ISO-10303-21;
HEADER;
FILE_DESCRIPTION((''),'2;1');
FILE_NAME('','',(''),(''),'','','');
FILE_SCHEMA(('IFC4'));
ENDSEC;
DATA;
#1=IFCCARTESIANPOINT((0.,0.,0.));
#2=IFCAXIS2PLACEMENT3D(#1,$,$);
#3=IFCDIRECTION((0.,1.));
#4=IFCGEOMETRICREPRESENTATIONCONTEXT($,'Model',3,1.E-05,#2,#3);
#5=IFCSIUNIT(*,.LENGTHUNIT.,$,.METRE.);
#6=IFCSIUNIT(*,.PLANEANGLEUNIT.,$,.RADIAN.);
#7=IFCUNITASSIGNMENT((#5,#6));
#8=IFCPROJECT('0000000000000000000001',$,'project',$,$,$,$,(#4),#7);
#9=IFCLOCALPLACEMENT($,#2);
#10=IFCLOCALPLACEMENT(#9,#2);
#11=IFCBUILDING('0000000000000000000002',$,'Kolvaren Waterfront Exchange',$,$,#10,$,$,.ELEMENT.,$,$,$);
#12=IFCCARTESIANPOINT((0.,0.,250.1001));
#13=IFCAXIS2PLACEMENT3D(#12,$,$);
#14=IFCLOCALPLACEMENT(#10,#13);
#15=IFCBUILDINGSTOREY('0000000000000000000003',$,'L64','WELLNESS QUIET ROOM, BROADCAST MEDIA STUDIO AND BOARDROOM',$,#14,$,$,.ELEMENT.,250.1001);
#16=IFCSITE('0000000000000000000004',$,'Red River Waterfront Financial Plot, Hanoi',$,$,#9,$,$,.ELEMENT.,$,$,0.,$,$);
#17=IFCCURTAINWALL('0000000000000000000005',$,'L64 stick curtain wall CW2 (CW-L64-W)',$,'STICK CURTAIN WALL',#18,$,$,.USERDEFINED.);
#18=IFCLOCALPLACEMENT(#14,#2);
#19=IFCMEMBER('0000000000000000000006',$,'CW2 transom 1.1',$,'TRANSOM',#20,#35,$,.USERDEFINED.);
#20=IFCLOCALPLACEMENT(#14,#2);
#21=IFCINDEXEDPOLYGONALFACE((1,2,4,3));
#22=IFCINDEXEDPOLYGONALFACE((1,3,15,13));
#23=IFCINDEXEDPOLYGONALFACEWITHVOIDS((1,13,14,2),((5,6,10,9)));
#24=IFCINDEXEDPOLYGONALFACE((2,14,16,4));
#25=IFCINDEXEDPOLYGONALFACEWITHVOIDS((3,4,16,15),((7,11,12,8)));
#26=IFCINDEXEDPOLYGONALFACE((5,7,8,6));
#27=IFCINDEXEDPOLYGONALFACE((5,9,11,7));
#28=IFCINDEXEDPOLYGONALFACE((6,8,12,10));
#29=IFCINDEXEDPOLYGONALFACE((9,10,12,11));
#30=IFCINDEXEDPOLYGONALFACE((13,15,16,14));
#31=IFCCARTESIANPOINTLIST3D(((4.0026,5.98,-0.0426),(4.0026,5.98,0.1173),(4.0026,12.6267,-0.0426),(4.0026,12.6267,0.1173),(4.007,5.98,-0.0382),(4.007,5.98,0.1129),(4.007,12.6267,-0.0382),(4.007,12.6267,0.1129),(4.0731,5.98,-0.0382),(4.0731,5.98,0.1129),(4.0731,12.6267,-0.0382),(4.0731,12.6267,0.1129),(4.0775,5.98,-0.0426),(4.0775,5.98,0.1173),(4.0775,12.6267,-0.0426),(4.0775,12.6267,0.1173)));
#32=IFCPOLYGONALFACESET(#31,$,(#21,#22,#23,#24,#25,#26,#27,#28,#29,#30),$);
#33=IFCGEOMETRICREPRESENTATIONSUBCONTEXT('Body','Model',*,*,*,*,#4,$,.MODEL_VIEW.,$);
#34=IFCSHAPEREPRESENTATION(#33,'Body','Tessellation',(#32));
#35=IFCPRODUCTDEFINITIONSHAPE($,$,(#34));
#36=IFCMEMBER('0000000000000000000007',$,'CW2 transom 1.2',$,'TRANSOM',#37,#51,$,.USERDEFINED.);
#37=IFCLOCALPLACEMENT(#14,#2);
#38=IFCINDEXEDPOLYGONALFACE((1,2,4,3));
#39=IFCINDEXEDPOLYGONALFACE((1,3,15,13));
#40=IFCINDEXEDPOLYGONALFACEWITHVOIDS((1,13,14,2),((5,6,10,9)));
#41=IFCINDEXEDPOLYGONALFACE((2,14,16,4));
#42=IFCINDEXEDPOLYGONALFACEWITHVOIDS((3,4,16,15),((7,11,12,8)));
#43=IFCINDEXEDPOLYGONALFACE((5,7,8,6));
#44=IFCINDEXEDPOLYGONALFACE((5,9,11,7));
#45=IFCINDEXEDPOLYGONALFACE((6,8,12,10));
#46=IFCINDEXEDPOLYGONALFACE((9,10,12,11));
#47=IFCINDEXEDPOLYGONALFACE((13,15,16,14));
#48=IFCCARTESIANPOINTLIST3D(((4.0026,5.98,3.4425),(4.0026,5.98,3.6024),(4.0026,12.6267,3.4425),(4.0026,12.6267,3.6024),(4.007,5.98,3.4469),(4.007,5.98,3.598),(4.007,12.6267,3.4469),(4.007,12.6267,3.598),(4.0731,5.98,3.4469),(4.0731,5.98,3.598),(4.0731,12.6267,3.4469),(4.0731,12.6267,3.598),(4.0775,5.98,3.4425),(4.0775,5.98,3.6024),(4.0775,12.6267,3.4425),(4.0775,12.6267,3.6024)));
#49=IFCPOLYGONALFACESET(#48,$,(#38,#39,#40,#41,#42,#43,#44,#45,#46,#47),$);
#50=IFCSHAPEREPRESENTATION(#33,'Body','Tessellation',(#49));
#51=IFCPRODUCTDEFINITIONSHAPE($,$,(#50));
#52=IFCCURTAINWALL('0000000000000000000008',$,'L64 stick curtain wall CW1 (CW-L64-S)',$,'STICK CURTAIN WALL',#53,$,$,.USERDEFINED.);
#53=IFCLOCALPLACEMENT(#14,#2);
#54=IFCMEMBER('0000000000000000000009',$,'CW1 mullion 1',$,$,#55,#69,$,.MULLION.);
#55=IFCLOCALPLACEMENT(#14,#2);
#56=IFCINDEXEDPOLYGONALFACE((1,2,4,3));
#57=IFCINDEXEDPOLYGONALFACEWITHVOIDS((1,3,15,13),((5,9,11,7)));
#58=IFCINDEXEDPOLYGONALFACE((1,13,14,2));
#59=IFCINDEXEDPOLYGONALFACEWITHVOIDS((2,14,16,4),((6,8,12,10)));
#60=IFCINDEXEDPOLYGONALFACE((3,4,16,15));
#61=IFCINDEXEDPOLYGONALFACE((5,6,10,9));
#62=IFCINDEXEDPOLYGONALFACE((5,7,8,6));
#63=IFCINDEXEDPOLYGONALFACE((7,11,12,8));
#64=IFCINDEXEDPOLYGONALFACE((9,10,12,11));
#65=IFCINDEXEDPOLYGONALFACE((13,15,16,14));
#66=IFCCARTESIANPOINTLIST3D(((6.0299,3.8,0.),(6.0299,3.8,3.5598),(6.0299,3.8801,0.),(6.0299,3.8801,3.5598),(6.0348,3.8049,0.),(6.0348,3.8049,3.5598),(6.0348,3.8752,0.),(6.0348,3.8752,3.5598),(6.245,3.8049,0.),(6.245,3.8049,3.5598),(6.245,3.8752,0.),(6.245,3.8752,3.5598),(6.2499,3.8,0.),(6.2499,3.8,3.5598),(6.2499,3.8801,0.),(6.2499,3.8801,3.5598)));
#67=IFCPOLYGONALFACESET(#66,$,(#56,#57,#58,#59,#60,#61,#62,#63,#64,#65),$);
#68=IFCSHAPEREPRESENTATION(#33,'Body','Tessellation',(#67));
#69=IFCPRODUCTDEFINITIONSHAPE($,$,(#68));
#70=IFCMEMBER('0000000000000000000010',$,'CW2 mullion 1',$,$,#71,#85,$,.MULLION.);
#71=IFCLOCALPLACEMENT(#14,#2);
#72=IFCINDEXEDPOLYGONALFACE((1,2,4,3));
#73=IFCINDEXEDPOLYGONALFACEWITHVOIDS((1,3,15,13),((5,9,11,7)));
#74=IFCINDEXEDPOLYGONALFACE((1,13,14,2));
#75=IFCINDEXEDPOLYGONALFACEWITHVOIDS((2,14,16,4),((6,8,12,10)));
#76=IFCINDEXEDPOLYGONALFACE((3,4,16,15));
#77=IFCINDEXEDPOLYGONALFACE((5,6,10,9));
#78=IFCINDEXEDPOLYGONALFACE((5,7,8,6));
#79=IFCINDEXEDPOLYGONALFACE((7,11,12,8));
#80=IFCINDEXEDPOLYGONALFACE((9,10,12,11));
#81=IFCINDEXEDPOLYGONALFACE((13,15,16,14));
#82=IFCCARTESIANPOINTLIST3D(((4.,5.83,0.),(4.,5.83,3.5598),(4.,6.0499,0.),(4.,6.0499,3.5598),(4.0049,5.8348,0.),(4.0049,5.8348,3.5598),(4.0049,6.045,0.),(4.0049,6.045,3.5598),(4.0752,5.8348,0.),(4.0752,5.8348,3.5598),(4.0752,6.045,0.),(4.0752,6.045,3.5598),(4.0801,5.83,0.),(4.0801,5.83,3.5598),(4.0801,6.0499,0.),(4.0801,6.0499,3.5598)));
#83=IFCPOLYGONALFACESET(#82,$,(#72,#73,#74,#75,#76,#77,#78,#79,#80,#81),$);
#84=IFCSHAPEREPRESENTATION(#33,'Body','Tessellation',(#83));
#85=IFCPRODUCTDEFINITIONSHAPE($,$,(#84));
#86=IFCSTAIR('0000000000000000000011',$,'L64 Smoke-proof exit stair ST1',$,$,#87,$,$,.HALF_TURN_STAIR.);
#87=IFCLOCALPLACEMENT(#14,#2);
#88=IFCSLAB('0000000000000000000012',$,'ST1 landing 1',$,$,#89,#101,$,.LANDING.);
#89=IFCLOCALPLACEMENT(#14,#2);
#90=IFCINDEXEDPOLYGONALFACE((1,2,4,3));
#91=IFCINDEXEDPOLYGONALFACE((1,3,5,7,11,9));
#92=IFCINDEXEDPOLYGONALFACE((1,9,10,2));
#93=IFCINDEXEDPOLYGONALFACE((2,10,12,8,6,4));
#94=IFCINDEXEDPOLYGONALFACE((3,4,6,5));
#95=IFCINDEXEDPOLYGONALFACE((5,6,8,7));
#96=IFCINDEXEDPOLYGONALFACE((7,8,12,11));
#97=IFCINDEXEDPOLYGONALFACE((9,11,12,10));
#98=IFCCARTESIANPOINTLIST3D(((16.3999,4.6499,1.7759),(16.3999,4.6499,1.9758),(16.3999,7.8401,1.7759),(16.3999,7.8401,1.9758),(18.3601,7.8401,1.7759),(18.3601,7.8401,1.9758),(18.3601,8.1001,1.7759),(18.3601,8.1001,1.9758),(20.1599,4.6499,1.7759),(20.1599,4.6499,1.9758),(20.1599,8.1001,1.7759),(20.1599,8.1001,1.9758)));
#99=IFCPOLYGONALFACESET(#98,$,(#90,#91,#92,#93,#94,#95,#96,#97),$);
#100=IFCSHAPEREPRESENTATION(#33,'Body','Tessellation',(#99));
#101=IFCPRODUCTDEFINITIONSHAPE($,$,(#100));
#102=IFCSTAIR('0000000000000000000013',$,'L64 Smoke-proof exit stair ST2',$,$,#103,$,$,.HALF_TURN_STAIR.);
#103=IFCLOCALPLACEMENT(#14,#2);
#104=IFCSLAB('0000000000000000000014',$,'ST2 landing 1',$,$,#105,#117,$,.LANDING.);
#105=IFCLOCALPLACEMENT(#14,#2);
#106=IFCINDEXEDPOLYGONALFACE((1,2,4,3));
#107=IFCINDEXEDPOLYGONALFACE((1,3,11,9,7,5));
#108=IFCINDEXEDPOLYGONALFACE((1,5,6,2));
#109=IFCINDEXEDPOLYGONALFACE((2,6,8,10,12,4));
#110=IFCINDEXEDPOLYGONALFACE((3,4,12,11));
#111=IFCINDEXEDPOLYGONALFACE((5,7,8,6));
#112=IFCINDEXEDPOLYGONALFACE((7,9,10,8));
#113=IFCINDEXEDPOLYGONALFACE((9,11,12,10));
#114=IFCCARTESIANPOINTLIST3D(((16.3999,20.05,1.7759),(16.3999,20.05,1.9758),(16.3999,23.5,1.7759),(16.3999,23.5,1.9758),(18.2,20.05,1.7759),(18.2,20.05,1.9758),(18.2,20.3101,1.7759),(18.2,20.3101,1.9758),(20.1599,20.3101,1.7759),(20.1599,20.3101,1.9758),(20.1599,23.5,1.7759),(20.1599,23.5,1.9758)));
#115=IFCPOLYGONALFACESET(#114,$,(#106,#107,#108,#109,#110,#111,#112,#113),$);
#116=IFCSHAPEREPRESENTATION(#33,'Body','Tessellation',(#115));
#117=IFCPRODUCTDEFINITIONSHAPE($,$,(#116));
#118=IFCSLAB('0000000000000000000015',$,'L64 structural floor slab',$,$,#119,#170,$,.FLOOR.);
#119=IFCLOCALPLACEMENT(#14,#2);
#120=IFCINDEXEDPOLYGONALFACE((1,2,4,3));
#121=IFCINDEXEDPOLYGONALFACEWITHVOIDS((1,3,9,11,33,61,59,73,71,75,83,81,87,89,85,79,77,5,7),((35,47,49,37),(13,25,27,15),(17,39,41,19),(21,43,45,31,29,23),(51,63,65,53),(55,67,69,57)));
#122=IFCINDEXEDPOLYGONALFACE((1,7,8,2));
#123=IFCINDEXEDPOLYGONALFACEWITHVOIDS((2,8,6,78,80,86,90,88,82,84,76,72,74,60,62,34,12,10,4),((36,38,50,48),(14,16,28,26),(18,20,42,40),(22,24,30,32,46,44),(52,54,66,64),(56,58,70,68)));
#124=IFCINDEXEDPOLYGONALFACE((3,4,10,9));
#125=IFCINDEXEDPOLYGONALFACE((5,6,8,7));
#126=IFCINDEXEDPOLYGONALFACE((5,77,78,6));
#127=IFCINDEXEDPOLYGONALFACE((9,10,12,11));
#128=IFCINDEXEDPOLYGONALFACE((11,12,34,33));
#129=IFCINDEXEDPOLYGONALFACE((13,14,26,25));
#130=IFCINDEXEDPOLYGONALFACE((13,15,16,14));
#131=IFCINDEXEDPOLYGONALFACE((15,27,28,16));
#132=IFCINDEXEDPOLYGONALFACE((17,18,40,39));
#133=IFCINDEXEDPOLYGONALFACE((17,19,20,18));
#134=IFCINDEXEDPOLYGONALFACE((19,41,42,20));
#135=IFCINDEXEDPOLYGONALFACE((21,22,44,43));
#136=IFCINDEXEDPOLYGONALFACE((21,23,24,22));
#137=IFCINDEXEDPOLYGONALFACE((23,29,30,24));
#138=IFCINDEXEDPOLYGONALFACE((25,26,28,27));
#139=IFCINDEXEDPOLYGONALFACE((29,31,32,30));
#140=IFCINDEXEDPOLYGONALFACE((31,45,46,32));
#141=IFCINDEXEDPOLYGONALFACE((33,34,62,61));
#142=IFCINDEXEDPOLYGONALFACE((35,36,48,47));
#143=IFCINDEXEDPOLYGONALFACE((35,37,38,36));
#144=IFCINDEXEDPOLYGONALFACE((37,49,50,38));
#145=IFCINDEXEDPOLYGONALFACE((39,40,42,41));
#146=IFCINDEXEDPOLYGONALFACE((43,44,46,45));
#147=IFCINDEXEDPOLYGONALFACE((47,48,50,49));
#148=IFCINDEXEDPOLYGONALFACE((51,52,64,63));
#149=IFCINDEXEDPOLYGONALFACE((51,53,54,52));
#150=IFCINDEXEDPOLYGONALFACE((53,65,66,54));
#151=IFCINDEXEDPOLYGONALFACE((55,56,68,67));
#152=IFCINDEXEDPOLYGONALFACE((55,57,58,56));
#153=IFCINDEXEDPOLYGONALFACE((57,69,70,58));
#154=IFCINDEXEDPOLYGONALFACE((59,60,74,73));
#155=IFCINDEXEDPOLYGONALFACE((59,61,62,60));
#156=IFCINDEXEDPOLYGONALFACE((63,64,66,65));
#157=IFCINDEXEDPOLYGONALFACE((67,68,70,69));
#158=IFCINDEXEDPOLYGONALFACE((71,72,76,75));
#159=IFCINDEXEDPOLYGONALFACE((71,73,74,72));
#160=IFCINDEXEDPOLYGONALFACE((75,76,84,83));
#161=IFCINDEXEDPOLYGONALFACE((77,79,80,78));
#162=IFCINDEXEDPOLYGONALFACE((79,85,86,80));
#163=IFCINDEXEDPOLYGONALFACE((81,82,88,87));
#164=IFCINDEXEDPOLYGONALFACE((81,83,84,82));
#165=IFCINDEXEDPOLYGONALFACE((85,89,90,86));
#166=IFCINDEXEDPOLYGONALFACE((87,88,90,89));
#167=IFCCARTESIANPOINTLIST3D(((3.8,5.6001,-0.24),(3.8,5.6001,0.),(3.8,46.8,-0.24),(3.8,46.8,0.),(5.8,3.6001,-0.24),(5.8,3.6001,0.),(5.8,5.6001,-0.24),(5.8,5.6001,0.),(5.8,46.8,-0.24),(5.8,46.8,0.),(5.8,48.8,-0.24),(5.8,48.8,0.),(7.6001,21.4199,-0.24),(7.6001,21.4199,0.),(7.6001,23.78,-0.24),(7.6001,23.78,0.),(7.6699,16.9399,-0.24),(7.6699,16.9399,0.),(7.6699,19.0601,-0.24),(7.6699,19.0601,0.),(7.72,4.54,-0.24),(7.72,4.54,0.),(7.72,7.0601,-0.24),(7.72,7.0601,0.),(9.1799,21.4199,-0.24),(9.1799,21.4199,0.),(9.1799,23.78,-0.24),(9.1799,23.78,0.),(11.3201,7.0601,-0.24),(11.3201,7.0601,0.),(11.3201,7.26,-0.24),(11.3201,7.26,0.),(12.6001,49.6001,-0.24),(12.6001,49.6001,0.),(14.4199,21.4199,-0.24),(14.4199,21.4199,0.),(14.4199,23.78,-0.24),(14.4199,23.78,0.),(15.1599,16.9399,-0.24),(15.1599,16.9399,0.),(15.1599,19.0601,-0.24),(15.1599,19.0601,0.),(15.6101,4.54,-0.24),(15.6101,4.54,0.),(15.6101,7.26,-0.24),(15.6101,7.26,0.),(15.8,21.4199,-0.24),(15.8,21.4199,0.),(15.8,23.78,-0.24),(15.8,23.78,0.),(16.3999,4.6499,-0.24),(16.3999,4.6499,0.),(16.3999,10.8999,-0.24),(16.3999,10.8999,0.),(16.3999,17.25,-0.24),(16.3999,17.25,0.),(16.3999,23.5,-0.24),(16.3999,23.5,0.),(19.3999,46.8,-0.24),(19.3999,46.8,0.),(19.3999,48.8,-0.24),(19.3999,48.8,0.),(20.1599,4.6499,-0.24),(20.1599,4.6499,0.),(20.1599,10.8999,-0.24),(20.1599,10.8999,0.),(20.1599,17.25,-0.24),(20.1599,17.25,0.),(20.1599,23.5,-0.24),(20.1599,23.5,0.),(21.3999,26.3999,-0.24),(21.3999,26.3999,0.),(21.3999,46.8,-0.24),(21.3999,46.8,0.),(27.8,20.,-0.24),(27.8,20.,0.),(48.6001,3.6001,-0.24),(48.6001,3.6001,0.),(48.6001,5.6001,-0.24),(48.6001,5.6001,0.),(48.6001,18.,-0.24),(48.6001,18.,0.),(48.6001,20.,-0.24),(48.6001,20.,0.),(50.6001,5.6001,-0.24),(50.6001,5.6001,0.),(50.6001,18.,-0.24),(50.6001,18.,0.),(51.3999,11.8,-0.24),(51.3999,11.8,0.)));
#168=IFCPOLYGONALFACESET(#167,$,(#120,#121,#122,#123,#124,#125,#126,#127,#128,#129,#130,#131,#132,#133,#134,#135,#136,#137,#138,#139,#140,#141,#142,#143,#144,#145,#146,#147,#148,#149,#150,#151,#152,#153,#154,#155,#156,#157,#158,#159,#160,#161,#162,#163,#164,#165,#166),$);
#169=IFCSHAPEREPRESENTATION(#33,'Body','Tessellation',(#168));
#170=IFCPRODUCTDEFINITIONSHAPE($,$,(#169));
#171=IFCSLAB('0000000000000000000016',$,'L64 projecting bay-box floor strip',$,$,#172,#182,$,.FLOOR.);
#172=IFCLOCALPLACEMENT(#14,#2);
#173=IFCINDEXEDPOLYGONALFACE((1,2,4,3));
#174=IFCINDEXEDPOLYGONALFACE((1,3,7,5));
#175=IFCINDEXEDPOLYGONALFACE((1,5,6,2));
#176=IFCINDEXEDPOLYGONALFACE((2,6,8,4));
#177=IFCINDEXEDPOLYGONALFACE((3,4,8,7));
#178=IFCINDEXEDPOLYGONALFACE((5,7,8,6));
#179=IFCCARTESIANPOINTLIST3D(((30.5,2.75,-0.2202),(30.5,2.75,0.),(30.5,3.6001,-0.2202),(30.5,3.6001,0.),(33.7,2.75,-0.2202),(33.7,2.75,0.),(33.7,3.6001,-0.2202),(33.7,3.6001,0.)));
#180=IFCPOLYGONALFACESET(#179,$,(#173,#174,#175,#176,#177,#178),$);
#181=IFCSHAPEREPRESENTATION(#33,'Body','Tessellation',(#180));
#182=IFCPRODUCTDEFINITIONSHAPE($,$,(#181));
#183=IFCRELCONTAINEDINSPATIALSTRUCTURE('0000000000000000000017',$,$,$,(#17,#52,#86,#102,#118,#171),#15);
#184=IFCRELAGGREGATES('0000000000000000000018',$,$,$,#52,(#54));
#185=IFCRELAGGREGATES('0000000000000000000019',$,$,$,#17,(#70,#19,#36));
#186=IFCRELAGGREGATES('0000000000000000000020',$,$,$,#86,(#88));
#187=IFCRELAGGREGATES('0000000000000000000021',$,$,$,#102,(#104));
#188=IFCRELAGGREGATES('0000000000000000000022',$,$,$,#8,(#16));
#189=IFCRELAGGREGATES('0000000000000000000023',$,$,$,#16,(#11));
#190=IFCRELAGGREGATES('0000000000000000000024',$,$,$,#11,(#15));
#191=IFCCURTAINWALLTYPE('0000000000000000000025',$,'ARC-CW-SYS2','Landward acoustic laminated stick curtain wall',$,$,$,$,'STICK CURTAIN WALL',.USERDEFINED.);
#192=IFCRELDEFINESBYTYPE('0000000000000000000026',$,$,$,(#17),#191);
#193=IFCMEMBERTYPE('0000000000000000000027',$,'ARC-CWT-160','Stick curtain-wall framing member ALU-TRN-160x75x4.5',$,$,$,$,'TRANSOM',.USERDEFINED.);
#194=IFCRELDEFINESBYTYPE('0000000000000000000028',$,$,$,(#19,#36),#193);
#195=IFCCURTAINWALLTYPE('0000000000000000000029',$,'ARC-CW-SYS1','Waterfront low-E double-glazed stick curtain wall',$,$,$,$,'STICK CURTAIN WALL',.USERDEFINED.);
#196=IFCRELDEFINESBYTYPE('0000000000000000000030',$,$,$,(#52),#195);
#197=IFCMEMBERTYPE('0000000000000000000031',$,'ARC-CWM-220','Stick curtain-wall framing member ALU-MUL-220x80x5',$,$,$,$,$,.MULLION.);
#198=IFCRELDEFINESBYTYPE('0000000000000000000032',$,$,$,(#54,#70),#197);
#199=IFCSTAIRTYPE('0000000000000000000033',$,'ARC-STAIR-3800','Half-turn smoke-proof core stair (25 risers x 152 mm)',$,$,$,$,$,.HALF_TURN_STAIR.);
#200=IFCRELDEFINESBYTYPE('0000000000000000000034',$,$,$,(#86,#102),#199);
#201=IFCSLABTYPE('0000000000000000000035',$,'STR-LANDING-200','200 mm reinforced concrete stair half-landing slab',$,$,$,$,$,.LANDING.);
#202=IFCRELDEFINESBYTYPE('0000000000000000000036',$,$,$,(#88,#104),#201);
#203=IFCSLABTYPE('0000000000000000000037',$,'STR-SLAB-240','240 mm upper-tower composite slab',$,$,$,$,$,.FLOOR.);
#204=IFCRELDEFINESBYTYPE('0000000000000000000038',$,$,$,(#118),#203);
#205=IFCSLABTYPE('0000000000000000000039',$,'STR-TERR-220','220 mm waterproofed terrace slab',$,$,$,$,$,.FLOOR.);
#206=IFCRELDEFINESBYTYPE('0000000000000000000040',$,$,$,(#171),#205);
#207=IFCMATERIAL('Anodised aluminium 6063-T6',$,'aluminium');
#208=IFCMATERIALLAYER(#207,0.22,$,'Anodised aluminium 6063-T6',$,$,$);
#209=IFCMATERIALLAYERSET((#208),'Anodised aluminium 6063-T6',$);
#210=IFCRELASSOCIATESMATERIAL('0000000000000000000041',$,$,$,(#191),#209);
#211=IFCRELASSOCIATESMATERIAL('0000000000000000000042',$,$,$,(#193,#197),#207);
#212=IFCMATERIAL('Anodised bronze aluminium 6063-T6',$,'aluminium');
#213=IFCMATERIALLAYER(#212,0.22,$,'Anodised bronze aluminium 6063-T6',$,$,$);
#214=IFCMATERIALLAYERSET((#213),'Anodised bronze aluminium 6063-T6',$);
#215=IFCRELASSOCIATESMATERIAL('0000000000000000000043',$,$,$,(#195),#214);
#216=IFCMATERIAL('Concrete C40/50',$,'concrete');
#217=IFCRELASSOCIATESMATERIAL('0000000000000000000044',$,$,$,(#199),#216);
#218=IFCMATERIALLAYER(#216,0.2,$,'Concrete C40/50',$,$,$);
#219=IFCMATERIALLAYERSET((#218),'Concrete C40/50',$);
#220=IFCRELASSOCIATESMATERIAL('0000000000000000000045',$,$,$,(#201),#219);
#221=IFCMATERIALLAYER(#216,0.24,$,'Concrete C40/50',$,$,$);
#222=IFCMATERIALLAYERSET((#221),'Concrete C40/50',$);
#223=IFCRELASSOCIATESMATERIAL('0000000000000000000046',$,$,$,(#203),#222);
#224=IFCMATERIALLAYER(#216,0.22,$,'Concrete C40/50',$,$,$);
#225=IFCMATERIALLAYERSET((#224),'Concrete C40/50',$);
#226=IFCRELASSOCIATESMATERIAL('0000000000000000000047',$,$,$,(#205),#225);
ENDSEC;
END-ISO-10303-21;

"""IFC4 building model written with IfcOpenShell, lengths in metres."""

from ifc_helpers import new_model, si_unit, direction, frame, origin, origin_with_axes, origin_2d, place, context, subcontext, project, spatial, polyline, hollow_rectangle, outline, extrude, source, transform, mapped, material, layer, layer_set, material_profile, profile_set, type_object, element, aggregate, save


model = new_model("IFC4")

# Units and contexts
model_context = context("Model", 3, precision=1e-05, world=origin(), true_north=direction((0.0, 1.0)))
body_context = subcontext(model_context, "Body", "Model", "MODEL_VIEW")
ifc_project = project(units=[si_unit("LENGTHUNIT", "METRE"), si_unit("PLANEANGLEUNIT", "RADIAN")], contexts=[model_context])

# Site, building, storey
site_placement = place(None, origin())
site = spatial("IfcSite", under=ifc_project, at=site_placement, Name="Red River Waterfront Financial Plot, Hanoi", CompositionType="ELEMENT", RefElevation=0.0)
building_placement = place(site_placement, origin())
building = spatial("IfcBuilding", under=site, at=building_placement, Name="Kolvaren Waterfront Exchange", CompositionType="ELEMENT")
storey_placement = place(building_placement, frame((0.0, 0.0, 250.1001)))
storey = spatial("IfcBuildingStorey", under=building, at=storey_placement, Name="L64", Description="WELLNESS QUIET ROOM, BROADCAST MEDIA STUDIO AND BOARDROOM", CompositionType="ELEMENT", Elevation=250.1001)

# Curtain wall, members
ifc_material_1 = material(Name="Anodised aluminium 6063-T6", Category="aluminium")
ifc_layer_1 = layer(ifc_material_1, 0.22, Name="Anodised aluminium 6063-T6")
ifc_layer_set_1 = layer_set([ifc_layer_1], Name="Anodised aluminium 6063-T6")
curtain_wall_type_1 = type_object("IfcCurtainWallType", Name="ARC-CW-SYS2", Description="Landward acoustic laminated stick curtain wall", ElementType="STICK CURTAIN WALL", PredefinedType="USERDEFINED", material=ifc_layer_set_1)
curtain_wall_1_placement = place(storey_placement, origin())
curtain_wall_1 = element("IfcCurtainWall", 1, at=curtain_wall_1_placement, inside=storey, type_object=curtain_wall_type_1, Name="L64 stick curtain wall CW2 (CW-L64-W)", ObjectType="STICK CURTAIN WALL", PredefinedType="USERDEFINED")
ifc_material_profile_1 = material_profile(ifc_material_1, hollow_rectangle(XDim=0.075, YDim=0.1599, WallThickness=0.0044, at=origin_2d()), Name="ALU-TRN-160x75x4.5")
ifc_profile_set_1 = profile_set([ifc_material_profile_1], Name="Anodised aluminium 6063-T6")
member_type_1 = type_object("IfcMemberType", Name="ARC-CWT-160", Description="Stick curtain-wall framing member ALU-TRN-160x75x4.5", ElementType="TRANSOM", PredefinedType="USERDEFINED", material=ifc_profile_set_1)
shared_shape_1 = source(origin_with_axes(), body_context, "Body", "SweptSolid", [
    extrude(hollow_rectangle(XDim=0.075, YDim=0.1599, WallThickness=0.0044, at=origin_2d()), origin(), (0.0, 0.0, 1.0), 6.6467),
])
member_1_placement = place(storey_placement, frame((4.04, 5.98, 0.0374), z_axis=(0.0, 1.0, 0.0), x_axis=(-1.0, 0.0, 0.0)))
member_1 = element("IfcMember", 2, at=member_1_placement, type_object=member_type_1, Name="CW2 transom 1.1", ObjectType="TRANSOM", PredefinedType="USERDEFINED", context=body_context, shape_type="MappedRepresentation", body=[
    mapped(shared_shape_1, transform((0.0, 0.0, 0.0), x_axis=(1.0, 0.0, 0.0), y_axis=(0.0, 1.0, 0.0), z_axis=(0.0, 0.0, 1.0), scale=1.0)),
])
member_2_placement = place(storey_placement, frame((4.04, 5.98, 3.5225), z_axis=(0.0, 1.0, 0.0), x_axis=(-1.0, 0.0, 0.0)))
member_2 = element("IfcMember", 3, at=member_2_placement, type_object=member_type_1, Name="CW2 transom 1.2", ObjectType="TRANSOM", PredefinedType="USERDEFINED", context=body_context, shape_type="MappedRepresentation", body=[
    mapped(shared_shape_1, transform((0.0, 0.0, 0.0), x_axis=(1.0, 0.0, 0.0), y_axis=(0.0, 1.0, 0.0), z_axis=(0.0, 0.0, 1.0), scale=1.0)),
])

# Curtain wall, member
ifc_material_2 = material(Name="Anodised bronze aluminium 6063-T6", Category="aluminium")
ifc_layer_2 = layer(ifc_material_2, 0.22, Name="Anodised bronze aluminium 6063-T6")
ifc_layer_set_2 = layer_set([ifc_layer_2], Name="Anodised bronze aluminium 6063-T6")
curtain_wall_type_2 = type_object("IfcCurtainWallType", Name="ARC-CW-SYS1", Description="Waterfront low-E double-glazed stick curtain wall", ElementType="STICK CURTAIN WALL", PredefinedType="USERDEFINED", material=ifc_layer_set_2)
curtain_wall_2_placement = place(storey_placement, origin())
curtain_wall_2 = element("IfcCurtainWall", 4, at=curtain_wall_2_placement, inside=storey, type_object=curtain_wall_type_2, Name="L64 stick curtain wall CW1 (CW-L64-S)", ObjectType="STICK CURTAIN WALL", PredefinedType="USERDEFINED")
ifc_material_profile_2 = material_profile(ifc_material_1, hollow_rectangle(XDim=0.0801, YDim=0.22, WallThickness=0.0049, at=origin_2d()), Name="ALU-MUL-220x80x5")
ifc_profile_set_2 = profile_set([ifc_material_profile_2], Name="Anodised aluminium 6063-T6")
member_type_2 = type_object("IfcMemberType", Name="ARC-CWM-220", Description="Stick curtain-wall framing member ALU-MUL-220x80x5", PredefinedType="MULLION", material=ifc_profile_set_2)
shared_shape_2 = source(origin_with_axes(), body_context, "Body", "SweptSolid", [
    extrude(hollow_rectangle(XDim=0.0801, YDim=0.22, WallThickness=0.0049, at=origin_2d()), origin(), (0.0, 0.0, 1.0), 3.5598),
])
member_3_placement = place(storey_placement, frame((6.1399, 3.8401, 0.0), z_axis=(0.0, 0.0, 1.0), x_axis=(0.0, 1.0, 0.0)))
member_3 = element("IfcMember", 5, at=member_3_placement, type_object=member_type_2, Name="CW1 mullion 1", PredefinedType="MULLION", context=body_context, shape_type="MappedRepresentation", body=[
    mapped(shared_shape_2, transform((0.0, 0.0, 0.0), x_axis=(1.0, 0.0, 0.0), y_axis=(0.0, 1.0, 0.0), z_axis=(0.0, 0.0, 1.0), scale=1.0)),
])
aggregate(curtain_wall_2, [member_3])

# Member
member_4_placement = place(storey_placement, frame((4.04, 5.9399, 0.0), z_axis=(0.0, 0.0, 1.0), x_axis=(-1.0, 0.0, 0.0)))
member_4 = element("IfcMember", 6, at=member_4_placement, type_object=member_type_2, Name="CW2 mullion 1", PredefinedType="MULLION", context=body_context, shape_type="MappedRepresentation", body=[
    mapped(shared_shape_2, transform((0.0, 0.0, 0.0), x_axis=(1.0, 0.0, 0.0), y_axis=(0.0, 1.0, 0.0), z_axis=(0.0, 0.0, 1.0), scale=1.0)),
])
aggregate(curtain_wall_1, [member_4, member_1, member_2])

# Stairs, slabs
ifc_material_3 = material(Name="Concrete C40/50", Category="concrete")
stair_type = type_object("IfcStairType", Name="ARC-STAIR-3800", Description="Half-turn smoke-proof core stair (25 risers x 152 mm)", PredefinedType="HALF_TURN_STAIR", material=ifc_material_3)
stair_1_placement = place(storey_placement, origin())
stair_1 = element("IfcStair", 7, at=stair_1_placement, inside=storey, type_object=stair_type, Name="L64 Smoke-proof exit stair ST1", PredefinedType="HALF_TURN_STAIR")
ifc_layer_3 = layer(ifc_material_3, 0.2, Name="Concrete C40/50")
ifc_layer_set_3 = layer_set([ifc_layer_3], Name="Concrete C40/50")
slab_type_1 = type_object("IfcSlabType", Name="STR-LANDING-200", Description="200 mm reinforced concrete stair half-landing slab", PredefinedType="LANDING", material=ifc_layer_set_3)
slab_1_placement = place(storey_placement, frame((0.0, 0.0, 1.7759)))
slab_1 = element("IfcSlab", 8, at=slab_1_placement, type_object=slab_type_1, Name="ST1 landing 1", PredefinedType="LANDING", context=body_context, shape_type="SweptSolid", body=[
    extrude(outline(polyline([(16.3999, 7.8401), (16.3999, 4.6499), (20.1599, 4.6499), (20.1599, 8.1001), (18.3601, 8.1001), (18.3601, 7.8401), (16.3999, 7.8401)])), origin(), (0.0, 0.0, 1.0), 0.2),
])
aggregate(stair_1, [slab_1])
stair_2_placement = place(storey_placement, origin())
stair_2 = element("IfcStair", 9, at=stair_2_placement, inside=storey, type_object=stair_type, Name="L64 Smoke-proof exit stair ST2", PredefinedType="HALF_TURN_STAIR")
slab_2_placement = place(storey_placement, frame((0.0, 0.0, 1.7759)))
slab_2 = element("IfcSlab", 10, at=slab_2_placement, type_object=slab_type_1, Name="ST2 landing 1", PredefinedType="LANDING", context=body_context, shape_type="SweptSolid", body=[
    extrude(outline(polyline([(20.1599, 20.3101), (20.1599, 23.5), (16.3999, 23.5), (16.3999, 20.05), (18.2, 20.05), (18.2, 20.3101), (20.1599, 20.3101)])), origin(), (0.0, 0.0, 1.0), 0.2),
])
aggregate(stair_2, [slab_2])

# Slabs
ifc_layer_4 = layer(ifc_material_3, 0.24, Name="Concrete C40/50")
ifc_layer_set_4 = layer_set([ifc_layer_4], Name="Concrete C40/50")
slab_type_2 = type_object("IfcSlabType", Name="STR-SLAB-240", Description="240 mm upper-tower composite slab", PredefinedType="FLOOR", material=ifc_layer_set_4)
slab_3_placement = place(storey_placement, frame((0.0, 0.0, -0.24)))
element("IfcSlab", 11, at=slab_3_placement, inside=storey, type_object=slab_type_2, Name="L64 structural floor slab", PredefinedType="FLOOR", context=body_context, shape_type="SweptSolid", body=[
    extrude(outline(polyline([(5.8, 3.6001), (48.6001, 3.6001), (48.6001, 5.6001), (50.6001, 5.6001), (51.3999, 11.8), (50.6001, 18.0), (48.6001, 18.0), (48.6001, 20.0), (27.8, 20.0), (21.3999, 26.3999), (21.3999, 46.8), (19.3999, 46.8), (19.3999, 48.8), (12.6001, 49.6001), (5.8, 48.8), (5.8, 46.8), (3.8, 46.8), (3.8, 5.6001), (5.8, 5.6001), (5.8, 3.6001)]), holes=[polyline([(11.3201, 7.26), (15.6101, 7.26), (15.6101, 4.54), (7.72, 4.54), (7.72, 7.0601), (11.3201, 7.0601), (11.3201, 7.26)]), polyline([(20.1599, 10.8999), (20.1599, 4.6499), (16.3999, 4.6499), (16.3999, 10.8999), (20.1599, 10.8999)]), polyline([(7.6699, 19.0601), (15.1599, 19.0601), (15.1599, 16.9399), (7.6699, 16.9399), (7.6699, 19.0601)]), polyline([(16.3999, 17.25), (16.3999, 23.5), (20.1599, 23.5), (20.1599, 17.25), (16.3999, 17.25)]), polyline([(7.6001, 23.78), (9.1799, 23.78), (9.1799, 21.4199), (7.6001, 21.4199), (7.6001, 23.78)]), polyline([(14.4199, 23.78), (15.8, 23.78), (15.8, 21.4199), (14.4199, 21.4199), (14.4199, 23.78)])]), origin(), (0.0, 0.0, 1.0), 0.24),
])
ifc_layer_5 = layer(ifc_material_3, 0.22, Name="Concrete C40/50")
ifc_layer_set_5 = layer_set([ifc_layer_5], Name="Concrete C40/50")
slab_type_3 = type_object("IfcSlabType", Name="STR-TERR-220", Description="220 mm waterproofed terrace slab", PredefinedType="FLOOR", material=ifc_layer_set_5)
slab_4_placement = place(storey_placement, frame((0.0, 0.0, -0.2202)))
element("IfcSlab", 12, at=slab_4_placement, inside=storey, type_object=slab_type_3, Name="L64 projecting bay-box floor strip", PredefinedType="FLOOR", context=body_context, shape_type="SweptSolid", body=[
    extrude(outline(polyline([(30.5, 2.75), (33.7, 2.75), (33.7, 3.6001), (30.5, 3.6001), (30.5, 2.75)])), origin(), (0.0, 0.0, 1.0), 0.2202),
])

save(model, "model.ifc")
